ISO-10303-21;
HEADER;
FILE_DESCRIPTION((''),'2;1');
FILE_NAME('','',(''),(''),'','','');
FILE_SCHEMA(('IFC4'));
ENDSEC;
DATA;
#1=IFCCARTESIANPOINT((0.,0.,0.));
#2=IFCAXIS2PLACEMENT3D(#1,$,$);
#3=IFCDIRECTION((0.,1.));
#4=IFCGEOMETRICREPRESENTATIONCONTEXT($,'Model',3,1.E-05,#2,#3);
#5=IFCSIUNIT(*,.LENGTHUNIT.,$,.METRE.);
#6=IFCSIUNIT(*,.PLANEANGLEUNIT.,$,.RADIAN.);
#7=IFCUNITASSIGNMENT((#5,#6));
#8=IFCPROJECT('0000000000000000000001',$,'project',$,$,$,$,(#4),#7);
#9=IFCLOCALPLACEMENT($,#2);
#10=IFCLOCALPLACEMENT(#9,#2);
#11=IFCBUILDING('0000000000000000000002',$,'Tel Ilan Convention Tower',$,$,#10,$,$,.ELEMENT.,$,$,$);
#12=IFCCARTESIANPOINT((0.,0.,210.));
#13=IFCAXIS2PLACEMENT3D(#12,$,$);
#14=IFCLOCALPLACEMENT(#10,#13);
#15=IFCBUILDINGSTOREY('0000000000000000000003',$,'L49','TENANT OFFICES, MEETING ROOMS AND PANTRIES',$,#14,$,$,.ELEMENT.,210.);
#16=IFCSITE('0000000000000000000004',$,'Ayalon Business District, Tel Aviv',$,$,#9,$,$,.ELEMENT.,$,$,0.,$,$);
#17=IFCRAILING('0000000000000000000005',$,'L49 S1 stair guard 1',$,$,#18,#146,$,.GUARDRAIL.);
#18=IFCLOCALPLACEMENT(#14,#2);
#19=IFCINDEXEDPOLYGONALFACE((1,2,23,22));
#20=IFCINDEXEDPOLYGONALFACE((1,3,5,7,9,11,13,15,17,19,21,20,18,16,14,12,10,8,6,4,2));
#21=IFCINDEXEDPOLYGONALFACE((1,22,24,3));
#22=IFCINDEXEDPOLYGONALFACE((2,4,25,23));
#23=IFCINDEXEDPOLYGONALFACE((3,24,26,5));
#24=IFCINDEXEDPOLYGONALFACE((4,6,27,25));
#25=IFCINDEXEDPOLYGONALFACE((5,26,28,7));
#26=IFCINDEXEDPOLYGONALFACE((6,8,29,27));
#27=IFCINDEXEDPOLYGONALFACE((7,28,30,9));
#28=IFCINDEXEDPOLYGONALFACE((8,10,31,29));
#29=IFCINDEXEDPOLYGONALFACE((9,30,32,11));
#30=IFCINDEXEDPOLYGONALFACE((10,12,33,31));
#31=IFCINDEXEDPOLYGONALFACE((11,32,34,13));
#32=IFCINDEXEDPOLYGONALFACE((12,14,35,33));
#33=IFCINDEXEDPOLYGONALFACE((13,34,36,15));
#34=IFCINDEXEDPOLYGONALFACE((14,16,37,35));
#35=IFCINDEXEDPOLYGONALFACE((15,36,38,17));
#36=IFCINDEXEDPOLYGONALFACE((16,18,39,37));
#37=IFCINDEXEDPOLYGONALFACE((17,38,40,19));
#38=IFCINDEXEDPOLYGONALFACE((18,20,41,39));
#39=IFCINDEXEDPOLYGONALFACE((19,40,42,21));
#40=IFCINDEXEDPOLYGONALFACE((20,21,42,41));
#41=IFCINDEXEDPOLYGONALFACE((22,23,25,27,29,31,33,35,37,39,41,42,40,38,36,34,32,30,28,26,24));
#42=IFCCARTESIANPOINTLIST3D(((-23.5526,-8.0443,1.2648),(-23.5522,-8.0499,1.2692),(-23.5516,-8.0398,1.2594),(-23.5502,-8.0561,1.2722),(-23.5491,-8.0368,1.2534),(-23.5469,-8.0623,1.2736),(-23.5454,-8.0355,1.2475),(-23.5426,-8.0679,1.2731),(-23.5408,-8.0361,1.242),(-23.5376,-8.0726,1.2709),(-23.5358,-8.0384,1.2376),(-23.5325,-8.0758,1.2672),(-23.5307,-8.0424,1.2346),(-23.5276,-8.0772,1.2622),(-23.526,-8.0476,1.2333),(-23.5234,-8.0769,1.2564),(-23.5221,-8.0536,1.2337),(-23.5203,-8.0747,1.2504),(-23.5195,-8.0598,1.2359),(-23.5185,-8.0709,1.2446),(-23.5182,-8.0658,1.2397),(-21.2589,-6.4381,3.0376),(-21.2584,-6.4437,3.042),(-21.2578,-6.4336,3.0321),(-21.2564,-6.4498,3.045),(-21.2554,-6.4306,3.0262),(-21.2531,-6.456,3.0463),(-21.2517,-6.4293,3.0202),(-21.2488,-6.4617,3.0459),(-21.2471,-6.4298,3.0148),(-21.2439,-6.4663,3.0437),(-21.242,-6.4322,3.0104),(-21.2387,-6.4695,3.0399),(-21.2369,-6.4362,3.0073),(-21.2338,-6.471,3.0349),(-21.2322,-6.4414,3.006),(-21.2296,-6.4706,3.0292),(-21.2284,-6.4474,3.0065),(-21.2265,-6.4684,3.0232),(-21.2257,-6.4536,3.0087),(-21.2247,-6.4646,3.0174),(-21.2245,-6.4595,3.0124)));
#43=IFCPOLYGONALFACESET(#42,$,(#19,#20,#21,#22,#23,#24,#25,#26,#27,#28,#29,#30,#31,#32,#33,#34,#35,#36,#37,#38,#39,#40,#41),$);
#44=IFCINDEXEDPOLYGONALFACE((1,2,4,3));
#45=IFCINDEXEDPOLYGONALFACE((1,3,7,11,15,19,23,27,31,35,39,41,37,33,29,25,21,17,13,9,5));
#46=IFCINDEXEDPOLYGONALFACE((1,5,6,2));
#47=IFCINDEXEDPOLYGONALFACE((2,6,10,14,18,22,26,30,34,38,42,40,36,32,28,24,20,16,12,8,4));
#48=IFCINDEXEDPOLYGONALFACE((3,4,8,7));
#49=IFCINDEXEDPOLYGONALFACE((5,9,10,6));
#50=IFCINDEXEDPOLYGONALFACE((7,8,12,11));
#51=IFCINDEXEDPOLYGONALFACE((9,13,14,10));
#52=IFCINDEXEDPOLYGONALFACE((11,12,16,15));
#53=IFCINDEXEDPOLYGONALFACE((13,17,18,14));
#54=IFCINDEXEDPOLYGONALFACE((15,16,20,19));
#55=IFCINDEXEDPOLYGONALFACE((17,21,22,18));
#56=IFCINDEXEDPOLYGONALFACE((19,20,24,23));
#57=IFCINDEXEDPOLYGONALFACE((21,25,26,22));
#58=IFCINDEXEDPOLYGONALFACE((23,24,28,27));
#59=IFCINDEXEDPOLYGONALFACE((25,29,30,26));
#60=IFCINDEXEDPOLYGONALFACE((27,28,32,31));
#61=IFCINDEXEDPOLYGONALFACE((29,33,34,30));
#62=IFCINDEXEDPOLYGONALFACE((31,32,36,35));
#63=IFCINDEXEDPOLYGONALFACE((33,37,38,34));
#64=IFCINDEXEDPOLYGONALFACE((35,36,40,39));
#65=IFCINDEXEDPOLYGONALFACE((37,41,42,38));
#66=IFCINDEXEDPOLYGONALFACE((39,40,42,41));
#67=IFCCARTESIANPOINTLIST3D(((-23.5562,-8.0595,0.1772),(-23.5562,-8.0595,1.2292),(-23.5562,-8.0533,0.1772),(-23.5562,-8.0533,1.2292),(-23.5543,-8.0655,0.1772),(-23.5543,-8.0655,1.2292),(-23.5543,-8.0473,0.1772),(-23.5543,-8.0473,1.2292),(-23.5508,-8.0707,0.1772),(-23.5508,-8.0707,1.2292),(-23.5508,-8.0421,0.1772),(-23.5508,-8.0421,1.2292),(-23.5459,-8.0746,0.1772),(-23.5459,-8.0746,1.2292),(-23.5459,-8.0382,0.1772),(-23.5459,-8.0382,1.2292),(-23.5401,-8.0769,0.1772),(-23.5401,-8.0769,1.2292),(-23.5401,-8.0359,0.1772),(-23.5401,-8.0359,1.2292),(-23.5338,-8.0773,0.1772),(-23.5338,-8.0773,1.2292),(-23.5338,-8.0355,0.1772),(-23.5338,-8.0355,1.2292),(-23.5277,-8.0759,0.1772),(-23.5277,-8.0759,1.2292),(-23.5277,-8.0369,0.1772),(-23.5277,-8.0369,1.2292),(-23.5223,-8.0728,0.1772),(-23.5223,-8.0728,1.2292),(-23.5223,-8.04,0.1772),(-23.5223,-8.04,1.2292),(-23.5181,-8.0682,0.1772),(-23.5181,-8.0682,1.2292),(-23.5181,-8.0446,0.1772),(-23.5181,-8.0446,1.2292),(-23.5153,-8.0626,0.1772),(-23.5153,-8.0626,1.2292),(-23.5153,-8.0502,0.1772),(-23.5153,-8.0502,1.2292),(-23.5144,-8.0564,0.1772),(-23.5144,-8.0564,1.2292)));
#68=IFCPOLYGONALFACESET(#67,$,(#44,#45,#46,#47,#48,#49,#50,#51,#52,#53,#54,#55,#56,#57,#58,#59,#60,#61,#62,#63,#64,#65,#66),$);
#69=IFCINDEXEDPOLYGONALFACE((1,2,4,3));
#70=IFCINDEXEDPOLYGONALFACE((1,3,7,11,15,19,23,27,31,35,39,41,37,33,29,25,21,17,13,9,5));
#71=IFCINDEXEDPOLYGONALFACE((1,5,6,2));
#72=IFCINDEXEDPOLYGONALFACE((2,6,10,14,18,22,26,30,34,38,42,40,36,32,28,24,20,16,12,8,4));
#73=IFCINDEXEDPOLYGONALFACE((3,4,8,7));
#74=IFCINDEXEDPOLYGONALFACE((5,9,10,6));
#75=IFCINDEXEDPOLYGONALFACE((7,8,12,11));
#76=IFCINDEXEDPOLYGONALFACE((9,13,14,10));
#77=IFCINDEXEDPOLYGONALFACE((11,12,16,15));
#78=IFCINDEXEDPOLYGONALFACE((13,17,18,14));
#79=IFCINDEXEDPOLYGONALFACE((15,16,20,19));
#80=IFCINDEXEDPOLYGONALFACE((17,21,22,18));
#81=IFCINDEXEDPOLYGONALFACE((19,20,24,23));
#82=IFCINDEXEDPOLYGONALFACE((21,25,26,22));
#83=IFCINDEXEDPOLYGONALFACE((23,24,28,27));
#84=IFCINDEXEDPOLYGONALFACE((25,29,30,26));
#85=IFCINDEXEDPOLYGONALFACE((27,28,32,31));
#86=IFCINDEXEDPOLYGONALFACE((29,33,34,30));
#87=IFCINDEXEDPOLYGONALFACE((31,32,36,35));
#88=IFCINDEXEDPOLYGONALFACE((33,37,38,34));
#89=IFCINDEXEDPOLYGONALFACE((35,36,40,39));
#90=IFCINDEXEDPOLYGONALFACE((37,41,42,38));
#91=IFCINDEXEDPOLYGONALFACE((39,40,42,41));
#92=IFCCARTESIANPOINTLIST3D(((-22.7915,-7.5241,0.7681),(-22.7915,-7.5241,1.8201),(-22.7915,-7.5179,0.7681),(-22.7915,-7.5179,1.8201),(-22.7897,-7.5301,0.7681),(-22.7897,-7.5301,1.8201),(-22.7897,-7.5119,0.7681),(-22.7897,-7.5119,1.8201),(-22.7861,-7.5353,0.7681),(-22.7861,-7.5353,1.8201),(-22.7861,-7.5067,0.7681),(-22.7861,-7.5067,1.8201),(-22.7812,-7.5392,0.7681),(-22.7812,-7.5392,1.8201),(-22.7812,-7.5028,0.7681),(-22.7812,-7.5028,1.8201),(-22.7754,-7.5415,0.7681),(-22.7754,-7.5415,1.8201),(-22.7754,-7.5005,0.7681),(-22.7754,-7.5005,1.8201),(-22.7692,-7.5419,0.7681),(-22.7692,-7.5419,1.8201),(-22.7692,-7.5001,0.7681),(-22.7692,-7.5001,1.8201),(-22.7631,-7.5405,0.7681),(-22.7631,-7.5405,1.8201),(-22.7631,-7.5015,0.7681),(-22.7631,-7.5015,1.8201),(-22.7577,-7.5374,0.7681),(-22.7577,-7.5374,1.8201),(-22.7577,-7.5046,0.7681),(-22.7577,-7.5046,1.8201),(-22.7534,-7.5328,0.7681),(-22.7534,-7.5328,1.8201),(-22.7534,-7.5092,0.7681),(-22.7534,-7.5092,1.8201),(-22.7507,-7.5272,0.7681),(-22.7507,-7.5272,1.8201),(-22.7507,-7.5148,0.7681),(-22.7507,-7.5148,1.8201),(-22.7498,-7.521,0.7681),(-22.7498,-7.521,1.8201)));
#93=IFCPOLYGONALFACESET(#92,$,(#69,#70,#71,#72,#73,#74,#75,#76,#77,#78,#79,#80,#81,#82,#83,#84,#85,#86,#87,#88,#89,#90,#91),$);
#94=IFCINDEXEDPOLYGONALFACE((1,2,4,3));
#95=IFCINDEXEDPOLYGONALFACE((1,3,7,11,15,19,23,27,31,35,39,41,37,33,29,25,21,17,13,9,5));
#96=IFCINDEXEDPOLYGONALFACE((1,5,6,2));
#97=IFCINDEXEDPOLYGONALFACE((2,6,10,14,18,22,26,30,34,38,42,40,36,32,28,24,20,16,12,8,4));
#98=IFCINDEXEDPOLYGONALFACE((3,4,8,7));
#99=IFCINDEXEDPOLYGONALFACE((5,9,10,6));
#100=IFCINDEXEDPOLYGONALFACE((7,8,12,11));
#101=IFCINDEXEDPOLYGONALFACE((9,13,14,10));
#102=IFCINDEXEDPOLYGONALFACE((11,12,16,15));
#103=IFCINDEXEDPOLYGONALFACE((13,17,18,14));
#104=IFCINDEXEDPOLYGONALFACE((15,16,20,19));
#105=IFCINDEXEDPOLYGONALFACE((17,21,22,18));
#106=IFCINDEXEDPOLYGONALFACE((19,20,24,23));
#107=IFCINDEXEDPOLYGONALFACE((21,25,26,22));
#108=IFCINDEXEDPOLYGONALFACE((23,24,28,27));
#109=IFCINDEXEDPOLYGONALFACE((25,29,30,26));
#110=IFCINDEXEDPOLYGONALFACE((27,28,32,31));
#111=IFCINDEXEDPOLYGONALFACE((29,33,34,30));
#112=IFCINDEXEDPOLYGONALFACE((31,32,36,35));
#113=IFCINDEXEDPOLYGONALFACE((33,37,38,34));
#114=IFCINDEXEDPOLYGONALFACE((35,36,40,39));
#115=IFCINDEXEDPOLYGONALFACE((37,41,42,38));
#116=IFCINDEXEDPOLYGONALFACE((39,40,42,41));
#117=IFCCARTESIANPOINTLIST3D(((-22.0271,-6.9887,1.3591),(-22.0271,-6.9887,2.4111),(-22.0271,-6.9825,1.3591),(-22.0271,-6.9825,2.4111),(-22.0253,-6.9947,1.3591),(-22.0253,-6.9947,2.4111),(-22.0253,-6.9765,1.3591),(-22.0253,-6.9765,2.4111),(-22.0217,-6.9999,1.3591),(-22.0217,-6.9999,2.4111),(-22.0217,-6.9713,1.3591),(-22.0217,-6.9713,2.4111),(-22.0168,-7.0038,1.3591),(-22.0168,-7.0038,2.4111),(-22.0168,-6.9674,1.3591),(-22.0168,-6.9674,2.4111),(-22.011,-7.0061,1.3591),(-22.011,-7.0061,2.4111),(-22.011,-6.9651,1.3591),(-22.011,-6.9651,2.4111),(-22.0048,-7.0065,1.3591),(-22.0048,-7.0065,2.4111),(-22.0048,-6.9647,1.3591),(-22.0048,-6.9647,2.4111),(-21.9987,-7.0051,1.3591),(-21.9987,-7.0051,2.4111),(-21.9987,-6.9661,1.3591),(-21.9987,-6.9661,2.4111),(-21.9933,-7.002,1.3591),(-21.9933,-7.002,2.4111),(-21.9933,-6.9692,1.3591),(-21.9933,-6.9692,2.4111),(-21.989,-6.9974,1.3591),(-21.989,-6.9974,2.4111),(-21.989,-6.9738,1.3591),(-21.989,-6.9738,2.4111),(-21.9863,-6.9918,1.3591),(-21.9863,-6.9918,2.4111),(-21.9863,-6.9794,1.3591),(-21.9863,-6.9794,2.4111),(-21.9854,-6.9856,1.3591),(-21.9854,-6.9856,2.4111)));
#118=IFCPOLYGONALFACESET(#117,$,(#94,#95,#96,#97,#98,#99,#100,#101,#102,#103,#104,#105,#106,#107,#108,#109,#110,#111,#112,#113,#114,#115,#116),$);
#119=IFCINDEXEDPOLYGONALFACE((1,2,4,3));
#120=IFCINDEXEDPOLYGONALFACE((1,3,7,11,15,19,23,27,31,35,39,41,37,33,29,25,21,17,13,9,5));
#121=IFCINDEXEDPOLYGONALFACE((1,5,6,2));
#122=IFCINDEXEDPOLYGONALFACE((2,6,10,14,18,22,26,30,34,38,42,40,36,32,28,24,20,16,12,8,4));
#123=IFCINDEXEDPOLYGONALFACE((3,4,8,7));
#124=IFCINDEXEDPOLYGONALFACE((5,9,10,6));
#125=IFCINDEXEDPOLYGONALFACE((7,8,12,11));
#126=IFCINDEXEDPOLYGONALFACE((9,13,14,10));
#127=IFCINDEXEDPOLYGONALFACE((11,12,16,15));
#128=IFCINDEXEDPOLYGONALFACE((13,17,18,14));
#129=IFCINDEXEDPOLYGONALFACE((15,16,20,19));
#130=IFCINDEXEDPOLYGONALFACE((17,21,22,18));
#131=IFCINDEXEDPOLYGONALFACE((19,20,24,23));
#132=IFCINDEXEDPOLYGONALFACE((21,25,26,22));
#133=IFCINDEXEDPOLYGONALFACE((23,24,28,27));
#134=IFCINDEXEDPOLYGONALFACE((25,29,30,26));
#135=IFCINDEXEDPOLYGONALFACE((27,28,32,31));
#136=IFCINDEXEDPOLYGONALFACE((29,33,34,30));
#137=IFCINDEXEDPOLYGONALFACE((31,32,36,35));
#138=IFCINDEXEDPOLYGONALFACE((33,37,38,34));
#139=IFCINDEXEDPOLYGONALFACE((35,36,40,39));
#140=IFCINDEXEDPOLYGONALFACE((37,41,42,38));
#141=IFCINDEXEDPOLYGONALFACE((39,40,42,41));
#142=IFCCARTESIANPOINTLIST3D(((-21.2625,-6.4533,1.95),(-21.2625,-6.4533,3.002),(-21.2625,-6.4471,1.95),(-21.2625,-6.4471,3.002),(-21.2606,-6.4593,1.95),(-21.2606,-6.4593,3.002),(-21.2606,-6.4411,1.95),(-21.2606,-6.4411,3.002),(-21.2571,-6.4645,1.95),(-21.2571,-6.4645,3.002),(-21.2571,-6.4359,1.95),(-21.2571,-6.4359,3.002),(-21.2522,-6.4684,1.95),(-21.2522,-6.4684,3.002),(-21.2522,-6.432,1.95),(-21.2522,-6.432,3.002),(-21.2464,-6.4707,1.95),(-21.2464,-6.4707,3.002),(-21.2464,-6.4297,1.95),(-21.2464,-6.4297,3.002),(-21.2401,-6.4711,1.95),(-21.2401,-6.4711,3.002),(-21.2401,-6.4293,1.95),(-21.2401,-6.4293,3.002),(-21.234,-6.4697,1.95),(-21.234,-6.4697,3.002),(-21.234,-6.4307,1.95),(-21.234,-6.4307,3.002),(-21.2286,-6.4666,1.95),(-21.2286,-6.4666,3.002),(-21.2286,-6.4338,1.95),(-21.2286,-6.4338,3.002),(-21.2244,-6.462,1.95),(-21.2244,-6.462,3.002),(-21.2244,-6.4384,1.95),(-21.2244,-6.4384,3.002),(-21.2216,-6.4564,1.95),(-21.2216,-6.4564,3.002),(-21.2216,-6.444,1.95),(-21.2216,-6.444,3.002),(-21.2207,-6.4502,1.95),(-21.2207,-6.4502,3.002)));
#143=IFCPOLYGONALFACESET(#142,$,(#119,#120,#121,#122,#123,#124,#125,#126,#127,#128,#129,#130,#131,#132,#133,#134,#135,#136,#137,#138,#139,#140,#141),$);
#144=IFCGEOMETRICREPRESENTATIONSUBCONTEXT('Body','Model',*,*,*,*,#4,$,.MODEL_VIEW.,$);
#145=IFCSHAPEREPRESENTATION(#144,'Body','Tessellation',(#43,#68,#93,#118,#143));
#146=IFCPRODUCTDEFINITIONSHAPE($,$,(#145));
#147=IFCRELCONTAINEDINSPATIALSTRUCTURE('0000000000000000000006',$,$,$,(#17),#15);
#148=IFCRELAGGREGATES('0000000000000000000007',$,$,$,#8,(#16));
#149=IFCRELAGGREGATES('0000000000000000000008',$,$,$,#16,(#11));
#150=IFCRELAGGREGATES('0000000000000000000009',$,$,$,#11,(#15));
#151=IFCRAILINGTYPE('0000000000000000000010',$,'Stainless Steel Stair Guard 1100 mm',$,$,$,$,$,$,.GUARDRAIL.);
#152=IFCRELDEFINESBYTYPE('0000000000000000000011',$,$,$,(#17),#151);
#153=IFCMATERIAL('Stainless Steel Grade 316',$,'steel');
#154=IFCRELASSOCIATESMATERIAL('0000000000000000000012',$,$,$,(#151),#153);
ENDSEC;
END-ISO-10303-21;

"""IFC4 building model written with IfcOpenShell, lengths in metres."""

from ifc_helpers import new_model, si_unit, direction, frame, origin, origin_2d, place, context, subcontext, project, spatial, circle, extrude, material, type_object, element, save


model = new_model("IFC4")

# Units and contexts
model_context = context("Model", 3, precision=1e-05, world=origin(), true_north=direction((0.0, 1.0)))
body_context = subcontext(model_context, "Body", "Model", "MODEL_VIEW")
ifc_project = project(units=[si_unit("LENGTHUNIT", "METRE"), si_unit("PLANEANGLEUNIT", "RADIAN")], contexts=[model_context])

# Site, building, storey
site_placement = place(None, origin())
site = spatial("IfcSite", under=ifc_project, at=site_placement, Name="Ayalon Business District, Tel Aviv", CompositionType="ELEMENT", RefElevation=0.0)
building_placement = place(site_placement, origin())
building = spatial("IfcBuilding", under=site, at=building_placement, Name="Tel Ilan Convention Tower", CompositionType="ELEMENT")
storey_placement = place(building_placement, frame((0.0, 0.0, 210.0)))
storey = spatial("IfcBuildingStorey", under=building, at=storey_placement, Name="L49", Description="TENANT OFFICES, MEETING ROOMS AND PANTRIES", CompositionType="ELEMENT", Elevation=210.0)

# Railing
ifc_material_1 = material(Name="Stainless Steel Grade 316", Category="steel")
railing_type = type_object("IfcRailingType", Name="Stainless Steel Stair Guard 1100 mm", PredefinedType="GUARDRAIL", material=ifc_material_1)
railing_1_placement = place(storey_placement, frame((-23.5354, -8.0564, 0.1772)))
element("IfcRailing", 1, at=railing_1_placement, inside=storey, type_object=railing_type, Name="L49 S1 stair guard 1", PredefinedType="GUARDRAIL", context=body_context, shape_type="SweptSolid", body=[
    extrude(circle(Radius=0.0239, at=origin_2d()), frame((0.0, 0.0, 1.0762), z_axis=(0.692098, 0.484653, 0.534894), x_axis=(-0.573609, 0.81913, 0.0)), (0.0, 0.0, 1.0), 3.3142),
    extrude(circle(Radius=0.021, at=origin_2d()), origin(), (0.0, 0.0, 1.0), 1.052),
    extrude(circle(Radius=0.021, at=origin_2d()), frame((0.7646, 0.5354, 0.5908)), (0.0, 0.0, 1.0), 1.052),
    extrude(circle(Radius=0.021, at=origin_2d()), frame((1.5291, 1.0708, 1.1819)), (0.0, 0.0, 1.0), 1.052),
    extrude(circle(Radius=0.021, at=origin_2d()), frame((2.2937, 1.6062, 1.7727)), (0.0, 0.0, 1.0), 1.052),
])

save(model, "model.ifc")
